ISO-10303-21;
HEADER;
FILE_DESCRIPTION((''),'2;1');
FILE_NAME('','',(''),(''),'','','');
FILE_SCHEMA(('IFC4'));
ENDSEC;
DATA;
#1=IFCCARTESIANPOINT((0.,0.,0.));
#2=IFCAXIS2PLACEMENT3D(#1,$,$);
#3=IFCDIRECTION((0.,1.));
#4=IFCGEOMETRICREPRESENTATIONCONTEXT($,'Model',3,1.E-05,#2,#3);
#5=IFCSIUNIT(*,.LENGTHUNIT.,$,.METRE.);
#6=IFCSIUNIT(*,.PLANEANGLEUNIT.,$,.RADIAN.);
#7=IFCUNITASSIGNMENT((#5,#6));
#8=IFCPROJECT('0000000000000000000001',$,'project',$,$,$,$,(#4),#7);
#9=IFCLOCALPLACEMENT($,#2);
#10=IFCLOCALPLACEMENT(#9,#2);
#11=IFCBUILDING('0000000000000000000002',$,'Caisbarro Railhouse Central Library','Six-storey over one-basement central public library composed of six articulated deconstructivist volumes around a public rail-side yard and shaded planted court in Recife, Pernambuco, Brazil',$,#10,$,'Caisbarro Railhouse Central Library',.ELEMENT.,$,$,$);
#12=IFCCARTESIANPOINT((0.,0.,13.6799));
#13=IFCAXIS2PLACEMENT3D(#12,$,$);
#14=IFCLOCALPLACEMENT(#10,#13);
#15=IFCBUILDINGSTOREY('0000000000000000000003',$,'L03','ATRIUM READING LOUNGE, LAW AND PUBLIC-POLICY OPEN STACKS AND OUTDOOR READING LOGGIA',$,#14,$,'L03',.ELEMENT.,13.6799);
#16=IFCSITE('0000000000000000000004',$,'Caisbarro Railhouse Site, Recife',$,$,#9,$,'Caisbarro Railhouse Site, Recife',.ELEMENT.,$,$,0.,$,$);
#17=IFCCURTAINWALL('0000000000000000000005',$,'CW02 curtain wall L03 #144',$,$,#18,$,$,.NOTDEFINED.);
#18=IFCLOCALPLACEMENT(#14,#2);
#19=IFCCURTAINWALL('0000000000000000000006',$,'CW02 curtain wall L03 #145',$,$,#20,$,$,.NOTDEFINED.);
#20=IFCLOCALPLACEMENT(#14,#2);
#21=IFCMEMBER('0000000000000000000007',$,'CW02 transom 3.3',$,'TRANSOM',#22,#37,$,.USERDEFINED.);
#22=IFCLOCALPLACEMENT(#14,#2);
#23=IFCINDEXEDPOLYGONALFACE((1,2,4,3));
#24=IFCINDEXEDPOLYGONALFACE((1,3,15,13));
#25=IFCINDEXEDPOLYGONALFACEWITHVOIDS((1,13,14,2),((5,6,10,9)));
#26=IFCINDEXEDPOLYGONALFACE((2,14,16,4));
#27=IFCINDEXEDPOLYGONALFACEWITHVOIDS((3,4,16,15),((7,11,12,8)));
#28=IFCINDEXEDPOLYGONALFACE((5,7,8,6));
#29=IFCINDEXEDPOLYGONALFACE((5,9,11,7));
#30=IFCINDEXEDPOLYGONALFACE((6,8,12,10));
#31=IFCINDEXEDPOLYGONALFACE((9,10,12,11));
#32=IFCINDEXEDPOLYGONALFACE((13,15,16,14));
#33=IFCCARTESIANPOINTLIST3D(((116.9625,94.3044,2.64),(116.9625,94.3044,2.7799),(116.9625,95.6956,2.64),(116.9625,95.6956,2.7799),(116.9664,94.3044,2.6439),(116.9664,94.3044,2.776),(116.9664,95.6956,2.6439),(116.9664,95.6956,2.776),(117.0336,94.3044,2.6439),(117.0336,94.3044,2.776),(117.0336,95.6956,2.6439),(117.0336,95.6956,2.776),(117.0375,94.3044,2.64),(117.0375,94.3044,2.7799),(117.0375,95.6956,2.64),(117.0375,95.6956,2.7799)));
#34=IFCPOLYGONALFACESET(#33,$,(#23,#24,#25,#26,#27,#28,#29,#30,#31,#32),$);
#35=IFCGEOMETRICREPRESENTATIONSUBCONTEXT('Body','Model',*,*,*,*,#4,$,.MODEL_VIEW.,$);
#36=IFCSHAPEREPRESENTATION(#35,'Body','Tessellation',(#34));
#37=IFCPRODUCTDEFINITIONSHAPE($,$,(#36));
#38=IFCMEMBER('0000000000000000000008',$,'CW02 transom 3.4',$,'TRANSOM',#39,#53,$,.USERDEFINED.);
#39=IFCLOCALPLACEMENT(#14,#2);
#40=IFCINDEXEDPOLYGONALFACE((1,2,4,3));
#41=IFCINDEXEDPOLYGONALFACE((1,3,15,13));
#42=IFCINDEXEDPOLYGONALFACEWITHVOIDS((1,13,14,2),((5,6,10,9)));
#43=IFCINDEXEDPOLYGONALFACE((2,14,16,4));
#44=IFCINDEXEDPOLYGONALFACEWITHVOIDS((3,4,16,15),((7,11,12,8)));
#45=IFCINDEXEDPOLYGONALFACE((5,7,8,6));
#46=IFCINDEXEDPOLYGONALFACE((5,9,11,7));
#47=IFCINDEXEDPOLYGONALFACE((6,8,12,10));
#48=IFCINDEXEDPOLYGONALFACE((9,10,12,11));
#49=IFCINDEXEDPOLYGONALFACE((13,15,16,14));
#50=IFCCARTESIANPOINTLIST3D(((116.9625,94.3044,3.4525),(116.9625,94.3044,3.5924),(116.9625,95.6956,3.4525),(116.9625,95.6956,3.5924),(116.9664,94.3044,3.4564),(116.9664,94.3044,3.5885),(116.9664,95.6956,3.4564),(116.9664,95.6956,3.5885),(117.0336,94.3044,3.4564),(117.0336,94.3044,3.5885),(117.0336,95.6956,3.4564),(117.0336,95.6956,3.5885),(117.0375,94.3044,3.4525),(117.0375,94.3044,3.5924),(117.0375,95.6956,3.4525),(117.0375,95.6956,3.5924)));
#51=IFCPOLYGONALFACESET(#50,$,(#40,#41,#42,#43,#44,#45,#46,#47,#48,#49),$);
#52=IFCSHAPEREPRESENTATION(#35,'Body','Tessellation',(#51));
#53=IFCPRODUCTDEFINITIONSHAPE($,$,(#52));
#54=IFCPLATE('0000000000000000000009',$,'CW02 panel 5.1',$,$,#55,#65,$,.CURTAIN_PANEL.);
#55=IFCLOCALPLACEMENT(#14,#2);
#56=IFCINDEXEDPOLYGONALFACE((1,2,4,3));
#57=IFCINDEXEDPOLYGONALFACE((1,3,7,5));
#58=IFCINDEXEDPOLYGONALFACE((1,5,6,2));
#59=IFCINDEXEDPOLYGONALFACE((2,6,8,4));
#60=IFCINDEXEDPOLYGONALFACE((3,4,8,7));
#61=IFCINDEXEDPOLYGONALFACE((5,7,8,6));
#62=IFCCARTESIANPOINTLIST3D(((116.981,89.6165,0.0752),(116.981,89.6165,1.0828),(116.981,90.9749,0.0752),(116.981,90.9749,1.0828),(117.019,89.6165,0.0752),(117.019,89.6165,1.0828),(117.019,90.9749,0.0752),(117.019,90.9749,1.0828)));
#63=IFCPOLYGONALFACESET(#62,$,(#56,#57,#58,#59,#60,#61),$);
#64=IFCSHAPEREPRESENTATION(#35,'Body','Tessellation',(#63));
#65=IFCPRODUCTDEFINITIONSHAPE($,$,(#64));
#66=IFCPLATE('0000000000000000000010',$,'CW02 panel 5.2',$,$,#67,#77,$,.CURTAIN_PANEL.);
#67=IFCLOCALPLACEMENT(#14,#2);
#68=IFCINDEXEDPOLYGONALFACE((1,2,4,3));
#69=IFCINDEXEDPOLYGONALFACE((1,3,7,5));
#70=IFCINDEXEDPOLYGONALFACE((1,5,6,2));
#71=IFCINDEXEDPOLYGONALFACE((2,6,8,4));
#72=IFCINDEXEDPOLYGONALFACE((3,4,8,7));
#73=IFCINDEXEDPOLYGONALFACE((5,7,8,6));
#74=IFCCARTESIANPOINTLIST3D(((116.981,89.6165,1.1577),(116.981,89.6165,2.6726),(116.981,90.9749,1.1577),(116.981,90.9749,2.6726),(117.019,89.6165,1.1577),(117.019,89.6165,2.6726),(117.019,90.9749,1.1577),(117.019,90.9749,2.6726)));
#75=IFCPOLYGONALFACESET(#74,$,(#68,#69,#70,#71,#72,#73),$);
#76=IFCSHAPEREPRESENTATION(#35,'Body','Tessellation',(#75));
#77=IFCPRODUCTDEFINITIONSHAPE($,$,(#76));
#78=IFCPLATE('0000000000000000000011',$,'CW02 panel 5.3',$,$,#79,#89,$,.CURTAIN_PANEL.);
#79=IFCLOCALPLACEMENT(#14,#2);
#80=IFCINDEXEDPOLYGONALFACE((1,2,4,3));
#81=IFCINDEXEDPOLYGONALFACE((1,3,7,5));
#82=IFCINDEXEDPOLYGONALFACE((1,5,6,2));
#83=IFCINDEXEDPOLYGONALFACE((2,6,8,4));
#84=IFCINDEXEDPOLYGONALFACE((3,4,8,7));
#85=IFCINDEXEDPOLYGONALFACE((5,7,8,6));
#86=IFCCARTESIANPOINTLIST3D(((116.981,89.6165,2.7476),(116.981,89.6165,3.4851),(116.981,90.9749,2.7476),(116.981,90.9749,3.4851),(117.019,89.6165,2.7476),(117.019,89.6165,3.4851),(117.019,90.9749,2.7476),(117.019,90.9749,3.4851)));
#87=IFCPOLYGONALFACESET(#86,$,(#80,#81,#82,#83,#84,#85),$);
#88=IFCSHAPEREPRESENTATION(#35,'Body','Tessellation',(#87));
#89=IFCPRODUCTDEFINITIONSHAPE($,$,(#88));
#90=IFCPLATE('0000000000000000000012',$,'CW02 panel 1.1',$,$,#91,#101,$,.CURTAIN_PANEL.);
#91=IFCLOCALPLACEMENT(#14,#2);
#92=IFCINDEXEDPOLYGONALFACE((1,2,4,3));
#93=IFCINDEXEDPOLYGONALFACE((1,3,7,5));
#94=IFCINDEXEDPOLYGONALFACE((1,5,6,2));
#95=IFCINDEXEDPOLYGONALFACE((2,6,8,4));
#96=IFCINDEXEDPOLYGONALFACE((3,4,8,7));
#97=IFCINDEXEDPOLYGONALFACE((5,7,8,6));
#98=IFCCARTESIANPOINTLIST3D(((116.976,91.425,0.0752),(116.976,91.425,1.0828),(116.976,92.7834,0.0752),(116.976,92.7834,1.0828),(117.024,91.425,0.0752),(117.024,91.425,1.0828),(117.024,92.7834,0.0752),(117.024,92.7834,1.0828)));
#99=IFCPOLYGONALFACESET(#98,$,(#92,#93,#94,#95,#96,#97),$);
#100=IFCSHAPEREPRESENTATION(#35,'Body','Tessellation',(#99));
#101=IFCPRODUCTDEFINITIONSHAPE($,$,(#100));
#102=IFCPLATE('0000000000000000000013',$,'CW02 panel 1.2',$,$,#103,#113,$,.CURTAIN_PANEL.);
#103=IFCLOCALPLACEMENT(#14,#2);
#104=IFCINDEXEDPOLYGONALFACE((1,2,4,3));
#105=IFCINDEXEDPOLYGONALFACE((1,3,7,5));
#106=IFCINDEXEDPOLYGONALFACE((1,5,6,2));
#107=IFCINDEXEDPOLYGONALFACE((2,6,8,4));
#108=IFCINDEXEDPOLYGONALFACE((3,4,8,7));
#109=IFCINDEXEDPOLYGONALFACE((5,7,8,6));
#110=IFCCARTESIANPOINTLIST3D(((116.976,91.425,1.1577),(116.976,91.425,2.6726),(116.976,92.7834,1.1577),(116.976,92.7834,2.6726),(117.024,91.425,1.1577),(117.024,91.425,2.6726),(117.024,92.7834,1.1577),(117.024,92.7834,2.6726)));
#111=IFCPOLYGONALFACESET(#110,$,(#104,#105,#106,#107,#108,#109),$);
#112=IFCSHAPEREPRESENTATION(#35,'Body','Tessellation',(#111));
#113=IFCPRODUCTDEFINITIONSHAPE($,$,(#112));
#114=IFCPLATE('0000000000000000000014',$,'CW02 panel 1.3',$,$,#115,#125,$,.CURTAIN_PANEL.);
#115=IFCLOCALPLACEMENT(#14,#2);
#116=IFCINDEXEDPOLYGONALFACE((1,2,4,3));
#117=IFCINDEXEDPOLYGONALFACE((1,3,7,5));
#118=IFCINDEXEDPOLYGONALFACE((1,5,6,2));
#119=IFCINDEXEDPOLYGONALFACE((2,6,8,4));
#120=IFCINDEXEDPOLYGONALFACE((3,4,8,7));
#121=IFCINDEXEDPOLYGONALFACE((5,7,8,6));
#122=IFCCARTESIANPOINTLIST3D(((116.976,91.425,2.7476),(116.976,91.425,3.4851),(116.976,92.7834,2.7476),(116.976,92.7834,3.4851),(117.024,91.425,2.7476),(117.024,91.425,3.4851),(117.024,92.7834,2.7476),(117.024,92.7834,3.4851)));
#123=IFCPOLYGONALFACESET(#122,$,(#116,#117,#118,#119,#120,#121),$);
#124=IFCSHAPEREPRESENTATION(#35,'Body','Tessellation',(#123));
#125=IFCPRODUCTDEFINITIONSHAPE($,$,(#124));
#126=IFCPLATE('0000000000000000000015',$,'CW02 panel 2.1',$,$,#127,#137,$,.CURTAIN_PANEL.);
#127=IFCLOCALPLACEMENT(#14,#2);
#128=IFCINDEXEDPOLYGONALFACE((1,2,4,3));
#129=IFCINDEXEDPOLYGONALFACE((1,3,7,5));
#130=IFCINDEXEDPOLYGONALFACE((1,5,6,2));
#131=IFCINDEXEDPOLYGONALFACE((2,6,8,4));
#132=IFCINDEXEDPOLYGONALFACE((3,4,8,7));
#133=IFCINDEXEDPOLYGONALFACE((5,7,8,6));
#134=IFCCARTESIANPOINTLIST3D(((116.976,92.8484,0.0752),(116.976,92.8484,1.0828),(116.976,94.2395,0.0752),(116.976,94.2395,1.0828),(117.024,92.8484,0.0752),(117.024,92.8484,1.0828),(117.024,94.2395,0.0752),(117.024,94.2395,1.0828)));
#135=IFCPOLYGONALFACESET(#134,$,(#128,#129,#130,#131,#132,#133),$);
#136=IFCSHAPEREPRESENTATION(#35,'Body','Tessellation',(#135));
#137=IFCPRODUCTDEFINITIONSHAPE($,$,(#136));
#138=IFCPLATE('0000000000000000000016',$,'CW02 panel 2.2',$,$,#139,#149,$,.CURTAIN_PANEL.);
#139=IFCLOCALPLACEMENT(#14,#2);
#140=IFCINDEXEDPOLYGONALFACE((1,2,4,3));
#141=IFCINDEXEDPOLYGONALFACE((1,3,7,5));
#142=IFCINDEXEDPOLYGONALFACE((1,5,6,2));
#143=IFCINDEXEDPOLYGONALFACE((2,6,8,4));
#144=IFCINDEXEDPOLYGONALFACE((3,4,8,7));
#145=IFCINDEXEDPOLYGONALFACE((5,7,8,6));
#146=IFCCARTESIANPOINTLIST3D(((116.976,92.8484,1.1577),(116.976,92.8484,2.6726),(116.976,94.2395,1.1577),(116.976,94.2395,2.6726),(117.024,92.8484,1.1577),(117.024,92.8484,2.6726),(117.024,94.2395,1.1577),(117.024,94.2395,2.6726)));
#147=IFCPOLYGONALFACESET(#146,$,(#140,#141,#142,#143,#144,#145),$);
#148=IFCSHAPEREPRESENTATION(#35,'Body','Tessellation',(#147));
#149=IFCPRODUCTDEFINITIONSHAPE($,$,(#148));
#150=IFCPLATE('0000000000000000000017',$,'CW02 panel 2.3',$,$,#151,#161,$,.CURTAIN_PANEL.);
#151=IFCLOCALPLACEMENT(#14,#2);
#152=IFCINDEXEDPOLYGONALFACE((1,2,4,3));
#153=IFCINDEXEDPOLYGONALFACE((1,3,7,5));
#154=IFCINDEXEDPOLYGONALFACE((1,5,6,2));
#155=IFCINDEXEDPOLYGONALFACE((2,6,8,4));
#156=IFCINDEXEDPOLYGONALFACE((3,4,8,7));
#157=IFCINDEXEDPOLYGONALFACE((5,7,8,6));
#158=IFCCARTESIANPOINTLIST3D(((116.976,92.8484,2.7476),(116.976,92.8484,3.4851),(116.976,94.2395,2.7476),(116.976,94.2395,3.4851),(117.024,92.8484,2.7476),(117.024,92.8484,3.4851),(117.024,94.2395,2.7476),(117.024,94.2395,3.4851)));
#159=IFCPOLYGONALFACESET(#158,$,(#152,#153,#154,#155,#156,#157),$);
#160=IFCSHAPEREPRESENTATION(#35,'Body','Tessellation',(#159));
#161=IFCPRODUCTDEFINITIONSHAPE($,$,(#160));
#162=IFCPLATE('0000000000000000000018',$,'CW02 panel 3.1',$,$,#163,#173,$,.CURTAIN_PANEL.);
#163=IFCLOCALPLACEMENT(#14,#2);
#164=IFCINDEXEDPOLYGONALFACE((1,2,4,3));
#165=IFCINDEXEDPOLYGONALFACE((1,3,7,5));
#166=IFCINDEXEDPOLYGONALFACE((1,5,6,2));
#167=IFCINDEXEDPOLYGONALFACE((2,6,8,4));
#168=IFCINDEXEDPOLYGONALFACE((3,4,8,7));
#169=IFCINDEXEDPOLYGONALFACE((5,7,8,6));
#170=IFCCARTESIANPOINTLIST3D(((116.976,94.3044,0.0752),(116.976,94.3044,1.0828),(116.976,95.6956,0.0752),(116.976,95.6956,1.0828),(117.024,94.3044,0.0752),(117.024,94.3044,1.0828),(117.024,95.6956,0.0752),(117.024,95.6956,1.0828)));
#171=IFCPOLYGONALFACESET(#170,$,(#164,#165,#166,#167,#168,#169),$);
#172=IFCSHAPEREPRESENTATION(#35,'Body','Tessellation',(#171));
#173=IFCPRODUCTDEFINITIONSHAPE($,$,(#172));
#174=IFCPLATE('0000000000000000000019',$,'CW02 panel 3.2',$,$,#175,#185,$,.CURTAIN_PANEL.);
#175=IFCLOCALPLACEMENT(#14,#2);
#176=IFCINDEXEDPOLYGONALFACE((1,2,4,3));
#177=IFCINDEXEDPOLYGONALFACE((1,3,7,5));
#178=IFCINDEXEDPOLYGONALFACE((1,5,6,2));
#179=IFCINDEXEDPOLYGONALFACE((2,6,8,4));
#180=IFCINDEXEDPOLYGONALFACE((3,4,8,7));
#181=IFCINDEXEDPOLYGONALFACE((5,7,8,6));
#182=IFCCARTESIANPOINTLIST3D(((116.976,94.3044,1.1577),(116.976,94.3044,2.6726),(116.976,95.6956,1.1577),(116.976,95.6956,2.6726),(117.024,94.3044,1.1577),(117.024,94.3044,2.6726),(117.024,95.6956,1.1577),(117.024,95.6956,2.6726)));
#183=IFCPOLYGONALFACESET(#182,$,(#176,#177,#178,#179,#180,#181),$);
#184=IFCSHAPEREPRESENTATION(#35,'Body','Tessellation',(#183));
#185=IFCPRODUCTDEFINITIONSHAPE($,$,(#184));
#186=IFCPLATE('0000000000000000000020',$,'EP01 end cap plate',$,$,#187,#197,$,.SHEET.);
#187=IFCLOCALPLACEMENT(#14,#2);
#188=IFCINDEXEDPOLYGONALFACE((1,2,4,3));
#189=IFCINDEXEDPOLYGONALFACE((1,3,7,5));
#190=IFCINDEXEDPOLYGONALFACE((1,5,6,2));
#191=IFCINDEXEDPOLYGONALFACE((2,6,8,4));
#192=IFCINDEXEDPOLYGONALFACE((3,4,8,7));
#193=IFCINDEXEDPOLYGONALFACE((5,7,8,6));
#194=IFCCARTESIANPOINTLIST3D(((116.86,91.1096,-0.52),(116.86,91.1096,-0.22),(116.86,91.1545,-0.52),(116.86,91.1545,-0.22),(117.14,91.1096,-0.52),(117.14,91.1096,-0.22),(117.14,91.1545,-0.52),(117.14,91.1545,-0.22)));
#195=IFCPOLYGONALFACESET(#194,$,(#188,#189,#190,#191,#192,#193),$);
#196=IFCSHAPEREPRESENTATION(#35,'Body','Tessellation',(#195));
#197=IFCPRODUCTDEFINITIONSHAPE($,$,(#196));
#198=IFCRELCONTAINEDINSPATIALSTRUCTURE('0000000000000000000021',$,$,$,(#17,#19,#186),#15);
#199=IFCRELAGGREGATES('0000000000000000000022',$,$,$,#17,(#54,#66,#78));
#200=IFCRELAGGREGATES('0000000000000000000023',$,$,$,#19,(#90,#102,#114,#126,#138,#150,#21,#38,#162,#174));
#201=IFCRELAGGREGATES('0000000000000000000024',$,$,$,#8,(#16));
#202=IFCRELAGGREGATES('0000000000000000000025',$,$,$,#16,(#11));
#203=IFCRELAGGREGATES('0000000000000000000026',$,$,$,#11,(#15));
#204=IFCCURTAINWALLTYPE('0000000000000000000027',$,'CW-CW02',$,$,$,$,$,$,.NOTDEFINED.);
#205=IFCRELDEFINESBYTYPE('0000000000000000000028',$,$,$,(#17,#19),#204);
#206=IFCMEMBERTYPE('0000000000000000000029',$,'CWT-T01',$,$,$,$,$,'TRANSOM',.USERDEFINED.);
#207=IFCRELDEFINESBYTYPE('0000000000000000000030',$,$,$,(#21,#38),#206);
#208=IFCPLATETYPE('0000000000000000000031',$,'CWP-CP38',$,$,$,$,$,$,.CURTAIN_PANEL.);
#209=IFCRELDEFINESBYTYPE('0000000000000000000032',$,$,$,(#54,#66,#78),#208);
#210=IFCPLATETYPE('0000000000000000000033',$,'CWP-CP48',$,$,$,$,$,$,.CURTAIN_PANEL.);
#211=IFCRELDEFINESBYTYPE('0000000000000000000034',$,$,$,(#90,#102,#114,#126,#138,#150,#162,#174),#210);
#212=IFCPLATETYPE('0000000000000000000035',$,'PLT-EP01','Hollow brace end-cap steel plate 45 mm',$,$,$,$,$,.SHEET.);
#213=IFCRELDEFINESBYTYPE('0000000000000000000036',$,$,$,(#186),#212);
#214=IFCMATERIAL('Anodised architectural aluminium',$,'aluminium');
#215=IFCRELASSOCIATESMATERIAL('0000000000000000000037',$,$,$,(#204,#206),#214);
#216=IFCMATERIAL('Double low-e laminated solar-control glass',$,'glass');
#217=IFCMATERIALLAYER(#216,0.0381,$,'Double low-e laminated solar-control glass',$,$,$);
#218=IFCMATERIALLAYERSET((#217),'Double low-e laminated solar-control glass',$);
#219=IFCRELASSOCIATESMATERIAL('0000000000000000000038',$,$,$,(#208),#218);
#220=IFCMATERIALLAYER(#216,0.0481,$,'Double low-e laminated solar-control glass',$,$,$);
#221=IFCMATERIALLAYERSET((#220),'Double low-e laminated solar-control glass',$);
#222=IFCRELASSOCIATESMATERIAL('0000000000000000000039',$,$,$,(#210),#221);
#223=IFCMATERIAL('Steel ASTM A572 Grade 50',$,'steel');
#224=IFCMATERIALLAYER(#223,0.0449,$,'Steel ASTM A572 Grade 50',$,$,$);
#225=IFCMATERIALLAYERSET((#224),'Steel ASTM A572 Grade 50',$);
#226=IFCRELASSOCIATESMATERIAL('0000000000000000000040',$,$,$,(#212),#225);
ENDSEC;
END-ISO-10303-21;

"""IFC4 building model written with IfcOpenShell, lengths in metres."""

from ifc_helpers import new_model, si_unit, direction, frame, origin, origin_2d, place, context, subcontext, project, spatial, rectangle, hollow_rectangle, extrude, material, layer, layer_set, material_profile, profile_set, type_object, element, aggregate, save


model = new_model("IFC4")

# Units and contexts
model_context = context("Model", 3, precision=1e-05, world=origin(), true_north=direction((0.0, 1.0)))
body_context = subcontext(model_context, "Body", "Model", "MODEL_VIEW")
ifc_project = project(units=[si_unit("LENGTHUNIT", "METRE"), si_unit("PLANEANGLEUNIT", "RADIAN")], contexts=[model_context])

# Site, building, storey
site_placement = place(None, origin())
site = spatial("IfcSite", under=ifc_project, at=site_placement, Name="Caisbarro Railhouse Site, Recife", LongName="Caisbarro Railhouse Site, Recife", CompositionType="ELEMENT", RefElevation=0.0)
building_placement = place(site_placement, origin())
building = spatial("IfcBuilding", under=site, at=building_placement, Name="Caisbarro Railhouse Central Library", Description="Six-storey over one-basement central public library composed of six articulated deconstructivist volumes around a public rail-side yard and shaded planted court in Recife, Pernambuco, Brazil", LongName="Caisbarro Railhouse Central Library", CompositionType="ELEMENT")
storey_placement = place(building_placement, frame((0.0, 0.0, 13.6799)))
storey = spatial("IfcBuildingStorey", under=building, at=storey_placement, Name="L03", Description="ATRIUM READING LOUNGE, LAW AND PUBLIC-POLICY OPEN STACKS AND OUTDOOR READING LOGGIA", LongName="L03", CompositionType="ELEMENT", Elevation=13.6799)

# Shared definitions
ifc_material_1 = material(Name="Steel ASTM A572 Grade 50", Category="steel")

# Curtain wall
ifc_material_2 = material(Name="Anodised architectural aluminium", Category="aluminium")
curtain_wall_type = type_object("IfcCurtainWallType", Name="CW-CW02", PredefinedType="NOTDEFINED", material=ifc_material_2)
curtain_wall_1_placement = place(storey_placement, origin())
curtain_wall_1 = element("IfcCurtainWall", 1, at=curtain_wall_1_placement, inside=storey, type_object=curtain_wall_type, Name="CW02 curtain wall L03 #144", PredefinedType="NOTDEFINED")

# Curtain wall
curtain_wall_2_placement = place(storey_placement, origin())
curtain_wall_2 = element("IfcCurtainWall", 2, at=curtain_wall_2_placement, inside=storey, type_object=curtain_wall_type, Name="CW02 curtain wall L03 #145", PredefinedType="NOTDEFINED")

# Members
ifc_material_profile_1 = material_profile(ifc_material_2, hollow_rectangle(XDim=0.075, YDim=0.1399, WallThickness=0.0039, at=origin_2d()), Name="ALU-TRN-75X140")
ifc_profile_set_1 = profile_set([ifc_material_profile_1], Name="Anodised architectural aluminium")
member_type_1 = type_object("IfcMemberType", Name="CWT-T01", ElementType="TRANSOM", PredefinedType="USERDEFINED", material=ifc_profile_set_1)
member_1_placement = place(storey_placement, frame((117.0, 94.3044, 2.71), z_axis=(0.0, 1.0, 0.0), x_axis=(-1.0, 0.0, 0.0)))
member_1 = element("IfcMember", 3, at=member_1_placement, type_object=member_type_1, Name="CW02 transom 3.3", ObjectType="TRANSOM", PredefinedType="USERDEFINED", context=body_context, shape_type="SweptSolid", body=[
    extrude(hollow_rectangle(XDim=0.075, YDim=0.1399, WallThickness=0.0039, at=origin_2d()), origin(), (0.0, 0.0, 1.0), 1.3911),
])
member_2_placement = place(storey_placement, frame((117.0, 94.3044, 3.5225), z_axis=(0.0, 1.0, 0.0), x_axis=(-1.0, 0.0, 0.0)))
member_2 = element("IfcMember", 4, at=member_2_placement, type_object=member_type_1, Name="CW02 transom 3.4", ObjectType="TRANSOM", PredefinedType="USERDEFINED", context=body_context, shape_type="SweptSolid", body=[
    extrude(hollow_rectangle(XDim=0.075, YDim=0.1399, WallThickness=0.0039, at=origin_2d()), origin(), (0.0, 0.0, 1.0), 1.3911),
])

# Plates
ifc_material_3 = material(Name="Double low-e laminated solar-control glass", Category="glass")
ifc_layer_1 = layer(ifc_material_3, 0.0381, Name="Double low-e laminated solar-control glass")
ifc_layer_set_1 = layer_set([ifc_layer_1], Name="Double low-e laminated solar-control glass")
plate_type_1 = type_object("IfcPlateType", Name="CWP-CP38", PredefinedType="CURTAIN_PANEL", material=ifc_layer_set_1)
plate_1_placement = place(storey_placement, frame((117.0, 90.2957, 0.0752), z_axis=(0.0, 0.0, 1.0), x_axis=(0.0, 1.0, 0.0)))
plate_1 = element("IfcPlate", 5, at=plate_1_placement, type_object=plate_type_1, Name="CW02 panel 5.1", PredefinedType="CURTAIN_PANEL", context=body_context, shape_type="SweptSolid", body=[
    extrude(rectangle(XDim=1.3584, YDim=0.0381, at=origin_2d()), origin(), (0.0, 0.0, 1.0), 1.0076),
])
plate_2_placement = place(storey_placement, frame((117.0, 90.2957, 1.1577), z_axis=(0.0, 0.0, 1.0), x_axis=(0.0, 1.0, 0.0)))
plate_2 = element("IfcPlate", 6, at=plate_2_placement, type_object=plate_type_1, Name="CW02 panel 5.2", PredefinedType="CURTAIN_PANEL", context=body_context, shape_type="SweptSolid", body=[
    extrude(rectangle(XDim=1.3584, YDim=0.0381, at=origin_2d()), origin(), (0.0, 0.0, 1.0), 1.5149),
])
plate_3_placement = place(storey_placement, frame((117.0, 90.2957, 2.7476), z_axis=(0.0, 0.0, 1.0), x_axis=(0.0, 1.0, 0.0)))
plate_3 = element("IfcPlate", 7, at=plate_3_placement, type_object=plate_type_1, Name="CW02 panel 5.3", PredefinedType="CURTAIN_PANEL", context=body_context, shape_type="SweptSolid", body=[
    extrude(rectangle(XDim=1.3584, YDim=0.0381, at=origin_2d()), origin(), (0.0, 0.0, 1.0), 0.7375),
])
aggregate(curtain_wall_1, [plate_1, plate_2, plate_3])
ifc_layer_2 = layer(ifc_material_3, 0.0481, Name="Double low-e laminated solar-control glass")
ifc_layer_set_2 = layer_set([ifc_layer_2], Name="Double low-e laminated solar-control glass")
plate_type_2 = type_object("IfcPlateType", Name="CWP-CP48", PredefinedType="CURTAIN_PANEL", material=ifc_layer_set_2)
plate_4_placement = place(storey_placement, frame((117.0, 92.1042, 0.0752), z_axis=(0.0, 0.0, 1.0), x_axis=(0.0, 1.0, 0.0)))
plate_4 = element("IfcPlate", 8, at=plate_4_placement, type_object=plate_type_2, Name="CW02 panel 1.1", PredefinedType="CURTAIN_PANEL", context=body_context, shape_type="SweptSolid", body=[
    extrude(rectangle(XDim=1.3584, YDim=0.0481, at=origin_2d()), origin(), (0.0, 0.0, 1.0), 1.0076),
])
plate_5_placement = place(storey_placement, frame((117.0, 92.1042, 1.1577), z_axis=(0.0, 0.0, 1.0), x_axis=(0.0, 1.0, 0.0)))
plate_5 = element("IfcPlate", 9, at=plate_5_placement, type_object=plate_type_2, Name="CW02 panel 1.2", PredefinedType="CURTAIN_PANEL", context=body_context, shape_type="SweptSolid", body=[
    extrude(rectangle(XDim=1.3584, YDim=0.0481, at=origin_2d()), origin(), (0.0, 0.0, 1.0), 1.5149),
])
plate_6_placement = place(storey_placement, frame((117.0, 92.1042, 2.7476), z_axis=(0.0, 0.0, 1.0), x_axis=(0.0, 1.0, 0.0)))
plate_6 = element("IfcPlate", 10, at=plate_6_placement, type_object=plate_type_2, Name="CW02 panel 1.3", PredefinedType="CURTAIN_PANEL", context=body_context, shape_type="SweptSolid", body=[
    extrude(rectangle(XDim=1.3584, YDim=0.0481, at=origin_2d()), origin(), (0.0, 0.0, 1.0), 0.7375),
])
plate_7_placement = place(storey_placement, frame((117.0, 93.5439, 0.0752), z_axis=(0.0, 0.0, 1.0), x_axis=(0.0, 1.0, 0.0)))
plate_7 = element("IfcPlate", 11, at=plate_7_placement, type_object=plate_type_2, Name="CW02 panel 2.1", PredefinedType="CURTAIN_PANEL", context=body_context, shape_type="SweptSolid", body=[
    extrude(rectangle(XDim=1.3911, YDim=0.0481, at=origin_2d()), origin(), (0.0, 0.0, 1.0), 1.0076),
])
plate_8_placement = place(storey_placement, frame((117.0, 93.5439, 1.1577), z_axis=(0.0, 0.0, 1.0), x_axis=(0.0, 1.0, 0.0)))
plate_8 = element("IfcPlate", 12, at=plate_8_placement, type_object=plate_type_2, Name="CW02 panel 2.2", PredefinedType="CURTAIN_PANEL", context=body_context, shape_type="SweptSolid", body=[
    extrude(rectangle(XDim=1.3911, YDim=0.0481, at=origin_2d()), origin(), (0.0, 0.0, 1.0), 1.5149),
])
plate_9_placement = place(storey_placement, frame((117.0, 93.5439, 2.7476), z_axis=(0.0, 0.0, 1.0), x_axis=(0.0, 1.0, 0.0)))
plate_9 = element("IfcPlate", 13, at=plate_9_placement, type_object=plate_type_2, Name="CW02 panel 2.3", PredefinedType="CURTAIN_PANEL", context=body_context, shape_type="SweptSolid", body=[
    extrude(rectangle(XDim=1.3911, YDim=0.0481, at=origin_2d()), origin(), (0.0, 0.0, 1.0), 0.7375),
])
plate_10_placement = place(storey_placement, frame((117.0, 95.0, 0.0752), z_axis=(0.0, 0.0, 1.0), x_axis=(0.0, 1.0, 0.0)))
plate_10 = element("IfcPlate", 14, at=plate_10_placement, type_object=plate_type_2, Name="CW02 panel 3.1", PredefinedType="CURTAIN_PANEL", context=body_context, shape_type="SweptSolid", body=[
    extrude(rectangle(XDim=1.3911, YDim=0.0481, at=origin_2d()), origin(), (0.0, 0.0, 1.0), 1.0076),
])
plate_11_placement = place(storey_placement, frame((117.0, 95.0, 1.1577), z_axis=(0.0, 0.0, 1.0), x_axis=(0.0, 1.0, 0.0)))
plate_11 = element("IfcPlate", 15, at=plate_11_placement, type_object=plate_type_2, Name="CW02 panel 3.2", PredefinedType="CURTAIN_PANEL", context=body_context, shape_type="SweptSolid", body=[
    extrude(rectangle(XDim=1.3911, YDim=0.0481, at=origin_2d()), origin(), (0.0, 0.0, 1.0), 1.5149),
])
aggregate(curtain_wall_2, [plate_4, plate_5, plate_6, plate_7, plate_8, plate_9, member_1, member_2, plate_10, plate_11])

# Plate
ifc_layer_3 = layer(ifc_material_1, 0.0449, Name="Steel ASTM A572 Grade 50")
ifc_layer_set_3 = layer_set([ifc_layer_3], Name="Steel ASTM A572 Grade 50")
plate_type_3 = type_object("IfcPlateType", Name="PLT-EP01", Description="Hollow brace end-cap steel plate 45 mm", PredefinedType="SHEET", material=ifc_layer_set_3)
for number, where, z_axis, x_axis, name in (
    (16, (117.0, 91.1321, -0.52), (0.0, 0.0, 1.0), (0.0, 1.0, 0.0), "EP01 end cap plate"),
):
    element("IfcPlate", number, at=place(storey_placement, frame(where, z_axis=z_axis, x_axis=x_axis)), inside=storey, type_object=plate_type_3, Name=name, PredefinedType="SHEET", context=body_context, shape_type="SweptSolid", body=[
        extrude(rectangle(XDim=0.0449, YDim=0.28, at=origin_2d()), origin(), (0.0, 0.0, 1.0), 0.3),
    ])

save(model, "model.ifc")
